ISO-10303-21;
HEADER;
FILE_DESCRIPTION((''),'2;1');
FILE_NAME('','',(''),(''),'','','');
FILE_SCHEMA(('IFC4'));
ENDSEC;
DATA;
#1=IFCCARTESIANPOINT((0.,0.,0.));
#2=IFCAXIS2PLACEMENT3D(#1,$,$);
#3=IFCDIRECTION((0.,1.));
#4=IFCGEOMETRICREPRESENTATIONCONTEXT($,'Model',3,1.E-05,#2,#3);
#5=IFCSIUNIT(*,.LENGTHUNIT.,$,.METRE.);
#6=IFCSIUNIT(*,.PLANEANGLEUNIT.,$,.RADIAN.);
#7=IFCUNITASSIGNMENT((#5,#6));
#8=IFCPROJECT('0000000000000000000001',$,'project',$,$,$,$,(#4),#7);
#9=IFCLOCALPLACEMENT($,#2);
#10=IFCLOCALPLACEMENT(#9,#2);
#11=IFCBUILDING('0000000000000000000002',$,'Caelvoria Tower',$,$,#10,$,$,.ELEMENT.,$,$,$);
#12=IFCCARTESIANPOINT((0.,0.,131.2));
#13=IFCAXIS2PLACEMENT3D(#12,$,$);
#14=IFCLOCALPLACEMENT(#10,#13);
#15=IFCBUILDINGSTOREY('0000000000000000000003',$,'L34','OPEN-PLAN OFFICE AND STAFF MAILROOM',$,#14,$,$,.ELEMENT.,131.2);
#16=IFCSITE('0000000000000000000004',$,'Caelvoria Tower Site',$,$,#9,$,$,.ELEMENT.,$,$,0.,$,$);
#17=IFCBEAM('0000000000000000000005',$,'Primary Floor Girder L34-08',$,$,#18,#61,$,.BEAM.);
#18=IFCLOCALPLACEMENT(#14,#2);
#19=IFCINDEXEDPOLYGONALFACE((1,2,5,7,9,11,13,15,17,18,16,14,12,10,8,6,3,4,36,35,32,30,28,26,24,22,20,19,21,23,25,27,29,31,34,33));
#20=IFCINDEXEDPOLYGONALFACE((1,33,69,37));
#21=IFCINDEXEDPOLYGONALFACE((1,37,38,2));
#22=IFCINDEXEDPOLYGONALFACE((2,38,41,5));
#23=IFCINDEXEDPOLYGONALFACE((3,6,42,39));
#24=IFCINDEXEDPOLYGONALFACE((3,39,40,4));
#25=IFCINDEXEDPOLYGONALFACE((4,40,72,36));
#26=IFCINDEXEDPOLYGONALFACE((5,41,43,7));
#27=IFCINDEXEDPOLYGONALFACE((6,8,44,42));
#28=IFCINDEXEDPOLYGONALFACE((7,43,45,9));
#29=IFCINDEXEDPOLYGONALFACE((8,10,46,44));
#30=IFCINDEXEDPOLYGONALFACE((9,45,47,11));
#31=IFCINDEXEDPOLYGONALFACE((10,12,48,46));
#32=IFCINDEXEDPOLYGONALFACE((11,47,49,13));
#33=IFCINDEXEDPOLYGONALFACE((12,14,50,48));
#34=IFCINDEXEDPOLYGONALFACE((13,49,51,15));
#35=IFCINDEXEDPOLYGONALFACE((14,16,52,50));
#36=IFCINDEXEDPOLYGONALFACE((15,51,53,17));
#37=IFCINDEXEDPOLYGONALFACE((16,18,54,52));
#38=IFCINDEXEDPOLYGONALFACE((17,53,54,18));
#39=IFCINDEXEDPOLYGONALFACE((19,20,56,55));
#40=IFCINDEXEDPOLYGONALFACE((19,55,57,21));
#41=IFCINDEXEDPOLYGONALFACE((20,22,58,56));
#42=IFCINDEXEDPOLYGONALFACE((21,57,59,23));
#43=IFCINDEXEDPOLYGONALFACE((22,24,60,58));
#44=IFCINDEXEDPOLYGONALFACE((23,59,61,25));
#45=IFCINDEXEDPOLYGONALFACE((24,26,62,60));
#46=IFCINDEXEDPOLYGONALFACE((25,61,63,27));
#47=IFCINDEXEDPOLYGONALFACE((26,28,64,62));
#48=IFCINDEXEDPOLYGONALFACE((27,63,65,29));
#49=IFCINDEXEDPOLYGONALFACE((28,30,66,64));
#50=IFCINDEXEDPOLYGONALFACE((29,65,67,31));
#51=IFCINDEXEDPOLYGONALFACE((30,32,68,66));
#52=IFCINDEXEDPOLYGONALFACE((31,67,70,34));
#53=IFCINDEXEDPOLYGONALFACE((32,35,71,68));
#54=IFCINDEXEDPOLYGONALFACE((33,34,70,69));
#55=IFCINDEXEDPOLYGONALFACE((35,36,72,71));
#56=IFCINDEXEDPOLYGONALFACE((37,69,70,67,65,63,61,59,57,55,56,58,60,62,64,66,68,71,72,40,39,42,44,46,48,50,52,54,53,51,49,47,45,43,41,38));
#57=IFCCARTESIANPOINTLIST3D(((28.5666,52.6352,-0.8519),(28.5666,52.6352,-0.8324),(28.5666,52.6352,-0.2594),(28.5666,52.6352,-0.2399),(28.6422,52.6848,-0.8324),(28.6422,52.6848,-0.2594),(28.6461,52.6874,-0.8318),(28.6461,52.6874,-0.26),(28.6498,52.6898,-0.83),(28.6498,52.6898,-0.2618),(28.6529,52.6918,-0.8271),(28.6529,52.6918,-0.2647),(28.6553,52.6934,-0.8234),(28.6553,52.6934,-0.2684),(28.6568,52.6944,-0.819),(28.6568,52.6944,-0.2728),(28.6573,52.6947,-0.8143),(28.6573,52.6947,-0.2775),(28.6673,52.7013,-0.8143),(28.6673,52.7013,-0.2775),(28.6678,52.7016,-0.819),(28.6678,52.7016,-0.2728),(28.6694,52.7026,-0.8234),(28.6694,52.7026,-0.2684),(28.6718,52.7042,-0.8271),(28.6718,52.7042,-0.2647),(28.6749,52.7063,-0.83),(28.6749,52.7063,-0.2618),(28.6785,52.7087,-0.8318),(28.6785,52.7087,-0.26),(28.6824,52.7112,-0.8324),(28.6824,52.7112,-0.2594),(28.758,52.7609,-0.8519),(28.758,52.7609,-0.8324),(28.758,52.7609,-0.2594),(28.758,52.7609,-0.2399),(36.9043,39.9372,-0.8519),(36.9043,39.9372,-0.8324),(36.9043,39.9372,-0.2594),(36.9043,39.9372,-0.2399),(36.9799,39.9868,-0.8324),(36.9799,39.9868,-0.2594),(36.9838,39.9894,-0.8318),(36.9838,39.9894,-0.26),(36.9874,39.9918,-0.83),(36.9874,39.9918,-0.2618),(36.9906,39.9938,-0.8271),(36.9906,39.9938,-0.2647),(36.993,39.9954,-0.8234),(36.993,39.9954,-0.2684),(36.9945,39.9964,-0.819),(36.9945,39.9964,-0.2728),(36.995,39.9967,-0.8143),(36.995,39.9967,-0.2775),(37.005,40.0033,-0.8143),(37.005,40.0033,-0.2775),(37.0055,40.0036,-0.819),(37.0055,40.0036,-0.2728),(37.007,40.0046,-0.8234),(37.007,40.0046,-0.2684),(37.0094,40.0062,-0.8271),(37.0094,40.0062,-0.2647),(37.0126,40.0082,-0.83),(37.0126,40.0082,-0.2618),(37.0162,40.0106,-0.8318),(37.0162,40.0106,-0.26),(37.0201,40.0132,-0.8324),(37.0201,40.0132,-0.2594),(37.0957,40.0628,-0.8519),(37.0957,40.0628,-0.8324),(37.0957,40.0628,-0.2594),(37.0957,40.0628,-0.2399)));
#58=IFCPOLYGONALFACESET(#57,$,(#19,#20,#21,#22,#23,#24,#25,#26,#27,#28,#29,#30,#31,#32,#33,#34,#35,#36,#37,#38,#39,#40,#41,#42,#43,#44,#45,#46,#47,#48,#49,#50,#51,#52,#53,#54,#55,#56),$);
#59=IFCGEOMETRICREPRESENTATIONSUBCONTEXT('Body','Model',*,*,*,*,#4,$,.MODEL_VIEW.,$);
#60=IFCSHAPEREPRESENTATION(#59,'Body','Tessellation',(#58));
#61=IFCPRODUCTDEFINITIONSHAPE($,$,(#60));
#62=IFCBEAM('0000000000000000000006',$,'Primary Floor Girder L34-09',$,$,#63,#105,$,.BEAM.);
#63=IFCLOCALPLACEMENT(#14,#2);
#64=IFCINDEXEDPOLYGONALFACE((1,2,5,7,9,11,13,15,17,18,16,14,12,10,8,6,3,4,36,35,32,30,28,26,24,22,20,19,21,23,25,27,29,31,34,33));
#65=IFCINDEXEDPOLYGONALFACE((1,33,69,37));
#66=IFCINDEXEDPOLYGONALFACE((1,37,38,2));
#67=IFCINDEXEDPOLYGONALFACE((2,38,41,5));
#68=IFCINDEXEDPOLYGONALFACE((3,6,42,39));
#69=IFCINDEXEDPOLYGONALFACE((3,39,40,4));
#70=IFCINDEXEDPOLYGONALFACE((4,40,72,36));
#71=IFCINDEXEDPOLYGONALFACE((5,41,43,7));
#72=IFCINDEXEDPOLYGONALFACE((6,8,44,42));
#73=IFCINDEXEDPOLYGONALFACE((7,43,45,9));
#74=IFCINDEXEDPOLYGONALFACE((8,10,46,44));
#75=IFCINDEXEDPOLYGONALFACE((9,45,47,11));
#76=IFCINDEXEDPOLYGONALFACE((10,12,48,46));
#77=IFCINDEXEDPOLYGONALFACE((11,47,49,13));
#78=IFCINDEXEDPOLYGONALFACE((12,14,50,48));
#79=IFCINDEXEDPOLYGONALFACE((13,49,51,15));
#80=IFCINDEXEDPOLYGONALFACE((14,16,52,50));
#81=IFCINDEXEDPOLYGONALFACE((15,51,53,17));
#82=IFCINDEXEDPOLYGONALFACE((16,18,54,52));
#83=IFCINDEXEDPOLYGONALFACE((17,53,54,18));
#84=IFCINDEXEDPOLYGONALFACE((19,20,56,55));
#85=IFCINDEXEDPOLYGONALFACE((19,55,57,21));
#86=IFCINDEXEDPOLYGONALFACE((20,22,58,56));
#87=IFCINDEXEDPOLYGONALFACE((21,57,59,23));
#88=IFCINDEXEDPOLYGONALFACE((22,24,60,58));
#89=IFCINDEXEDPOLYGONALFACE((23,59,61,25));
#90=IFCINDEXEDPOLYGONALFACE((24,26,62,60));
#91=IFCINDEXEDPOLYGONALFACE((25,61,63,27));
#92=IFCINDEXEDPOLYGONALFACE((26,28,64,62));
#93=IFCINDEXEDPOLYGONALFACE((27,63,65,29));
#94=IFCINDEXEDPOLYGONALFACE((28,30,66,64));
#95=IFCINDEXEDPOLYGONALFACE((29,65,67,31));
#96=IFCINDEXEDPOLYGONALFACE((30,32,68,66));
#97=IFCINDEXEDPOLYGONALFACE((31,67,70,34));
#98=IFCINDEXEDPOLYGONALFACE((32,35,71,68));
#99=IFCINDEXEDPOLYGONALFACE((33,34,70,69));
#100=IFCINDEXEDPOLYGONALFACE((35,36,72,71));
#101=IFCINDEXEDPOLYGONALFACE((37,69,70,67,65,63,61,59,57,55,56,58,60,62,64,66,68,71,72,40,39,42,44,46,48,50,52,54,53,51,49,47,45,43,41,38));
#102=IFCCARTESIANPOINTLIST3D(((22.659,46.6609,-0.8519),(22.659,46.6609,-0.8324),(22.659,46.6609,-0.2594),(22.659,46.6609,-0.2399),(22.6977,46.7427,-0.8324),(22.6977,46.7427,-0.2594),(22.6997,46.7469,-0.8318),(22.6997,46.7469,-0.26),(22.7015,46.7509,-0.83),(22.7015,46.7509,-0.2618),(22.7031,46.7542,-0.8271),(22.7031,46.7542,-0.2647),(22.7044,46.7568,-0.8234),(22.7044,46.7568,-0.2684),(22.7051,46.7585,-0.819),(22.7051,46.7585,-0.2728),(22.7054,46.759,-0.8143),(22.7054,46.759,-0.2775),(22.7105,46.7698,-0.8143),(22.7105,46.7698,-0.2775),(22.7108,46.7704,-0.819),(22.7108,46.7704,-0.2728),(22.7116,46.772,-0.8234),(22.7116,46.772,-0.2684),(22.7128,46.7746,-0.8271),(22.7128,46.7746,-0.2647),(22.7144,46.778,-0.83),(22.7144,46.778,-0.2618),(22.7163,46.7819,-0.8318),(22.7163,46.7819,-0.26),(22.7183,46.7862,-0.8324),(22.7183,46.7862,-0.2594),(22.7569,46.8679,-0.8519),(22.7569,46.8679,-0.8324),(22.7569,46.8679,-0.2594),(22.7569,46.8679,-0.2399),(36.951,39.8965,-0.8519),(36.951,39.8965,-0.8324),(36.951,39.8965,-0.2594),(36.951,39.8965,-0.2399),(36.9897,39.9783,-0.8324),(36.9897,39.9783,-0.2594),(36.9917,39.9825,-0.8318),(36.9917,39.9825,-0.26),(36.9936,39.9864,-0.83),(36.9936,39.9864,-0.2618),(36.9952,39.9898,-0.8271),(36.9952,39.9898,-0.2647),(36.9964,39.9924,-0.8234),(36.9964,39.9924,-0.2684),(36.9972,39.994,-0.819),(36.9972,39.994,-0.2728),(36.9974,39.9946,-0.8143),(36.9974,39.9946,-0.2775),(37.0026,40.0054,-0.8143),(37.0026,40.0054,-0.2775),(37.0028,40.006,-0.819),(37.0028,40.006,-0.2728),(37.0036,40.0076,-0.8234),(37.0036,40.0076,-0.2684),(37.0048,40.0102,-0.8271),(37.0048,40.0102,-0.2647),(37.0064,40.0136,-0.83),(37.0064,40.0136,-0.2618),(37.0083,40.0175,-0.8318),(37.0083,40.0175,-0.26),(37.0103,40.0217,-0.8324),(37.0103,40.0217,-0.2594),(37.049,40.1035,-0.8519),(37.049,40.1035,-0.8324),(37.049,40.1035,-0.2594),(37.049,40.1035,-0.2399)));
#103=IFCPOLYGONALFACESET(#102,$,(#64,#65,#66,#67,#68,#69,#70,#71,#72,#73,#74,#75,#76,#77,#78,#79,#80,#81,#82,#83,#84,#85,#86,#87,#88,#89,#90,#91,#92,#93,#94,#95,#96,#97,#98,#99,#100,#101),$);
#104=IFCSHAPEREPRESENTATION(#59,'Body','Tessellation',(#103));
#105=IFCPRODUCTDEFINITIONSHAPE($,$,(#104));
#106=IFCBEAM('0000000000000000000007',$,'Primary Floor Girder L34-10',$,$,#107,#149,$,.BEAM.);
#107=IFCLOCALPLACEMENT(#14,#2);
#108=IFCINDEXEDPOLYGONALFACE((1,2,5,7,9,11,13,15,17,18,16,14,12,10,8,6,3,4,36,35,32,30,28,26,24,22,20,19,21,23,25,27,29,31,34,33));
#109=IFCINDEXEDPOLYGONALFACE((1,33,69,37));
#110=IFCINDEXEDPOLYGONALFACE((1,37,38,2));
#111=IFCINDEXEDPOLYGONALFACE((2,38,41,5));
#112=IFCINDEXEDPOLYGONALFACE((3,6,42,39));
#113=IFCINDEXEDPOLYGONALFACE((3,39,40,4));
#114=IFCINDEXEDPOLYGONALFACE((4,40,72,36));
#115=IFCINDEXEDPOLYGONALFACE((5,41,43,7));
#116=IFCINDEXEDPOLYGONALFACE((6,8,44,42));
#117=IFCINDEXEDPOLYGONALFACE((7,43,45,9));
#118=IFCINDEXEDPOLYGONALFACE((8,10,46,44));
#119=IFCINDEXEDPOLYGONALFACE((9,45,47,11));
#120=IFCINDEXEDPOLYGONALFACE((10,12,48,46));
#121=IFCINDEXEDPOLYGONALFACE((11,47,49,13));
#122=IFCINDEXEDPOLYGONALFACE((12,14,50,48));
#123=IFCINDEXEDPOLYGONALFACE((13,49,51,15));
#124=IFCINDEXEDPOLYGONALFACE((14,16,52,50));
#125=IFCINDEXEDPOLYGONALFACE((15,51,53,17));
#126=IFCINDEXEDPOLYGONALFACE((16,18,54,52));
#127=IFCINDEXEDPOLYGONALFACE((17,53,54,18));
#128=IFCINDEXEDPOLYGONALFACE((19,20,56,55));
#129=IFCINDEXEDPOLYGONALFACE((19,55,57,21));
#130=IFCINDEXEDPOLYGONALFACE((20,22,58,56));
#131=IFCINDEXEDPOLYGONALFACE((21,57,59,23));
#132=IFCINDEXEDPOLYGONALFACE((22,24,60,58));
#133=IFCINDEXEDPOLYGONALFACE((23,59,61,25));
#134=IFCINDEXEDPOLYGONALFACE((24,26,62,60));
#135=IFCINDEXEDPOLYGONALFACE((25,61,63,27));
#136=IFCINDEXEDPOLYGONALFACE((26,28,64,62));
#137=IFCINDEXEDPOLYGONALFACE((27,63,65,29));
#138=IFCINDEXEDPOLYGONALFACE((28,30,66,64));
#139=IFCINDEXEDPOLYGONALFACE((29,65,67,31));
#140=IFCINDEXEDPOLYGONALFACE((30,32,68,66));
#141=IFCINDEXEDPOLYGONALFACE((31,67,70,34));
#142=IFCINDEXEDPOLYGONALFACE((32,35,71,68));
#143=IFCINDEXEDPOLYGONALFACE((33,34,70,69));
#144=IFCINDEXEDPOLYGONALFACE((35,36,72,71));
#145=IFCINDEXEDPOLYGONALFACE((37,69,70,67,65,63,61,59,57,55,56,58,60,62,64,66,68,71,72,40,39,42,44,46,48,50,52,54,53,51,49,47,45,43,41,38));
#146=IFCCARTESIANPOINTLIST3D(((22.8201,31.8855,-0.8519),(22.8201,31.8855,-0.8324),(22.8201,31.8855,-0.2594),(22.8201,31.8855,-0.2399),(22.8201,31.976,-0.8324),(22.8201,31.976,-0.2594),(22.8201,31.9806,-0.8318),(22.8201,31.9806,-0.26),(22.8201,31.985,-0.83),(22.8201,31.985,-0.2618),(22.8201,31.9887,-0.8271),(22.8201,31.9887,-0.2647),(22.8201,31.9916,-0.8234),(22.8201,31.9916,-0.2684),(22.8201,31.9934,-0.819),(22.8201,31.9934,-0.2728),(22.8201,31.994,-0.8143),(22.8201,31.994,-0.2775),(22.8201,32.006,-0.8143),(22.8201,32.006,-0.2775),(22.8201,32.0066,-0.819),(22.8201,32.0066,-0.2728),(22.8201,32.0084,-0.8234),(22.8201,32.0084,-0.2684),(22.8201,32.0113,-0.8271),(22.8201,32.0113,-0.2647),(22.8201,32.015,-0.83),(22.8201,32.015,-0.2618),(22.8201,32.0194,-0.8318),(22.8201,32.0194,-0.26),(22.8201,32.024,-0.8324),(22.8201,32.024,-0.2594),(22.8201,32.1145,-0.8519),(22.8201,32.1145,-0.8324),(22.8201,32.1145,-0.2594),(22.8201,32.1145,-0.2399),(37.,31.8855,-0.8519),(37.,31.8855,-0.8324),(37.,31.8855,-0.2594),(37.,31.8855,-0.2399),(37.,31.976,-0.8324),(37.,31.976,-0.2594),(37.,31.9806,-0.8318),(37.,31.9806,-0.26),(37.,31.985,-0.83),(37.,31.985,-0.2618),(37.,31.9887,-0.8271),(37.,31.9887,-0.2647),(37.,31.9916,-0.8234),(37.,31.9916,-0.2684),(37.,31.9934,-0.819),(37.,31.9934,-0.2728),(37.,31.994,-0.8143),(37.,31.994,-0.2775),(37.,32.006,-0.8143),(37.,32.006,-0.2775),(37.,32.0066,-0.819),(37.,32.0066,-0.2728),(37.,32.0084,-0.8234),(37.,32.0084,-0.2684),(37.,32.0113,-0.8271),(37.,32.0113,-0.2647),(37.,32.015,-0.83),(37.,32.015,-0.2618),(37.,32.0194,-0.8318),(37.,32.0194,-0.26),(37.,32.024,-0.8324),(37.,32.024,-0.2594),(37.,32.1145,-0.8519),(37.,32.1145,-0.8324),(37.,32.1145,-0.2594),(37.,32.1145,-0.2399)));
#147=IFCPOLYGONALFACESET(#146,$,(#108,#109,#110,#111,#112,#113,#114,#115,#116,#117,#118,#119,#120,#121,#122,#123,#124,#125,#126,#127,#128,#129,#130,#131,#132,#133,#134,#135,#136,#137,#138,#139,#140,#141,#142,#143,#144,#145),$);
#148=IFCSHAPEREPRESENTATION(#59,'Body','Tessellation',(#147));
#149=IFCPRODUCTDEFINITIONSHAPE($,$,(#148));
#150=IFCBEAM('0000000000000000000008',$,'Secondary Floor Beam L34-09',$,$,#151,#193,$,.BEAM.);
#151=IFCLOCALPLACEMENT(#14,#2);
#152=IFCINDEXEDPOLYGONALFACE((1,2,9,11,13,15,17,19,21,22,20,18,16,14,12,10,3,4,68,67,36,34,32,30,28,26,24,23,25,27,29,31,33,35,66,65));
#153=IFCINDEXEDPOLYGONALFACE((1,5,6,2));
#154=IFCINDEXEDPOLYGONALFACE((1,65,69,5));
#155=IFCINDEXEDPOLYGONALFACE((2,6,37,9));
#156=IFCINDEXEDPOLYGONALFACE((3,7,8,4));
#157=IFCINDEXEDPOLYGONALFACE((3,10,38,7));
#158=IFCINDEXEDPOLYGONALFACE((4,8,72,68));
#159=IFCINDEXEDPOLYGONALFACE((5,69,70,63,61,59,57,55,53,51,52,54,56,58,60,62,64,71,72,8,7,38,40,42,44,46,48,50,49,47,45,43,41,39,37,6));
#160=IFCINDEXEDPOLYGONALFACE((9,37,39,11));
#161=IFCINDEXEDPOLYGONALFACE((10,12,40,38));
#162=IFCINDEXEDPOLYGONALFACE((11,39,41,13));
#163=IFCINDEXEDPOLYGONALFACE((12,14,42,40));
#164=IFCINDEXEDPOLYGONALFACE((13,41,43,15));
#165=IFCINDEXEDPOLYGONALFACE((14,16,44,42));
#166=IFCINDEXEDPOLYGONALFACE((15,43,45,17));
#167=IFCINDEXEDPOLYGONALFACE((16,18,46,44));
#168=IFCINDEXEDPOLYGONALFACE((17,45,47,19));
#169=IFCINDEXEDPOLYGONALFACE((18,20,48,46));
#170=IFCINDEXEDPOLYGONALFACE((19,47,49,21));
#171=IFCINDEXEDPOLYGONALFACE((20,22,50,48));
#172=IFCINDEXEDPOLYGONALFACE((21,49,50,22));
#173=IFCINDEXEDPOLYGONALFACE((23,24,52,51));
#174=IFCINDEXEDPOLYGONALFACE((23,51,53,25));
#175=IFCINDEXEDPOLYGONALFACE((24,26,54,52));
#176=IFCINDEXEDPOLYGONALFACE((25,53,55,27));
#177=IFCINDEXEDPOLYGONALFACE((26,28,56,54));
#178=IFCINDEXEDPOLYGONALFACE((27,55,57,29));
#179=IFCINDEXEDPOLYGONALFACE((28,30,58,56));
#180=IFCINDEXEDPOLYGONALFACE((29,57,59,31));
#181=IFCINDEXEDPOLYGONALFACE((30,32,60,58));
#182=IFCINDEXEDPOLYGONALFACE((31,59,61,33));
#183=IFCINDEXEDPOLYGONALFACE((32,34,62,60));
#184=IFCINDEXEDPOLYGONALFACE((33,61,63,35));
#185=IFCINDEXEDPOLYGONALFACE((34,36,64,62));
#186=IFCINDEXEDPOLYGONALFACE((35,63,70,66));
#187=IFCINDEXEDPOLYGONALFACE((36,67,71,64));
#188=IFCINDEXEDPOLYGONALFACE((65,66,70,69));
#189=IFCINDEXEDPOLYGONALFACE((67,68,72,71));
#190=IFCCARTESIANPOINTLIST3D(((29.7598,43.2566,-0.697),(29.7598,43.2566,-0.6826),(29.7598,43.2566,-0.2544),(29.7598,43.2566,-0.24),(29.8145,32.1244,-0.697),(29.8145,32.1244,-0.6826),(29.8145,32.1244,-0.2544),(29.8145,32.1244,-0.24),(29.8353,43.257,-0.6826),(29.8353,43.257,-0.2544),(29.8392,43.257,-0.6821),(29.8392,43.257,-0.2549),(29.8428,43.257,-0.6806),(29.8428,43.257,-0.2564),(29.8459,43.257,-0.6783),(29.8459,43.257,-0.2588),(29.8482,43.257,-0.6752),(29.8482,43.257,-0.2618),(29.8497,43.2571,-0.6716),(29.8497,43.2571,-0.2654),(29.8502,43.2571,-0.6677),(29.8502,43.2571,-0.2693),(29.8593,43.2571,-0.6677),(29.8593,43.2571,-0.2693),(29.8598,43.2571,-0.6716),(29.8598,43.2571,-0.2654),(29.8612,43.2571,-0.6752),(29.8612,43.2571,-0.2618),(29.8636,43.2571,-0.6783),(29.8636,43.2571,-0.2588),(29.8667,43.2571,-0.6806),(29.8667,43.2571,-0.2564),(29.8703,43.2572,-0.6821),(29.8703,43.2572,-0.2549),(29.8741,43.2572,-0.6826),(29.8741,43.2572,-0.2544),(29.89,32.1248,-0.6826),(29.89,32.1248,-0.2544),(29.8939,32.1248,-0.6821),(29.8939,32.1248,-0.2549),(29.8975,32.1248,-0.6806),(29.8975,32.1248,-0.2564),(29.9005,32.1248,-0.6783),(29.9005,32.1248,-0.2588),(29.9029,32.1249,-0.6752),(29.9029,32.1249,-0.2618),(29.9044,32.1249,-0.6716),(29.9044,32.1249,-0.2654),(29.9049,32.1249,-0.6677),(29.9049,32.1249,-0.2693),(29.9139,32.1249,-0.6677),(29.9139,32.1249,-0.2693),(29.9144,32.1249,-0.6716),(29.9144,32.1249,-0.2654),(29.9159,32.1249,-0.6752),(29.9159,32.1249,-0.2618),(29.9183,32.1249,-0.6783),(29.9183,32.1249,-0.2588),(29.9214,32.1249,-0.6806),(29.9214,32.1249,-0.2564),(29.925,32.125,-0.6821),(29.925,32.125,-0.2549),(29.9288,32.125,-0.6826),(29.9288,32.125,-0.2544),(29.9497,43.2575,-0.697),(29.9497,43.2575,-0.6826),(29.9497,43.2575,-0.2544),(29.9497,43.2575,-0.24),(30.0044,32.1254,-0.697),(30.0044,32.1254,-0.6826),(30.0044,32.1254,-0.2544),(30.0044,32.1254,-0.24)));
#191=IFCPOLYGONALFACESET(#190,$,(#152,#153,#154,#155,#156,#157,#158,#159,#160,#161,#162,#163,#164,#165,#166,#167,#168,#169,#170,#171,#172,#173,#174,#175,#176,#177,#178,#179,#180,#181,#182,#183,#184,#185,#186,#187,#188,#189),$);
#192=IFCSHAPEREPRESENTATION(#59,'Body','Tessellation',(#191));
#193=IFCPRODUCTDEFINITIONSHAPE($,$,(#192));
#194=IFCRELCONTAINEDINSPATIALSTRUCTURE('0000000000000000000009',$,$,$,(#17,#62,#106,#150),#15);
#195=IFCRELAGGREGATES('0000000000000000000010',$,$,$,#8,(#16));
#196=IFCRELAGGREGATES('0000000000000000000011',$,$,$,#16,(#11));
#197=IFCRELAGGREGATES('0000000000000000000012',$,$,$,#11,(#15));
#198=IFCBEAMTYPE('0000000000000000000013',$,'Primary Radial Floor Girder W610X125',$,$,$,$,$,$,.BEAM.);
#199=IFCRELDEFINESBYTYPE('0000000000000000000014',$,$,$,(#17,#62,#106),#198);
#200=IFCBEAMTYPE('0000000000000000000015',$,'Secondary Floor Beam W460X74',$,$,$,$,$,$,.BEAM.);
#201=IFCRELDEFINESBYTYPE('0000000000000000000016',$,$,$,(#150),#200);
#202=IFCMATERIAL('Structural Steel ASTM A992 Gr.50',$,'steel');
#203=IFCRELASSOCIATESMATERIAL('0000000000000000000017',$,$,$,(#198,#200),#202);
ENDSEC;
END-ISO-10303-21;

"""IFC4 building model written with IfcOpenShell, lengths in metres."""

from ifc_helpers import new_model, si_unit, direction, frame, origin, origin_2d, place, context, subcontext, project, spatial, i_section, extrude, material, material_profile, profile_set, type_object, element, save


model = new_model("IFC4")

# Units and contexts
model_context = context("Model", 3, precision=1e-05, world=origin(), true_north=direction((0.0, 1.0)))
body_context = subcontext(model_context, "Body", "Model", "MODEL_VIEW")
ifc_project = project(units=[si_unit("LENGTHUNIT", "METRE"), si_unit("PLANEANGLEUNIT", "RADIAN")], contexts=[model_context])

# Site, building, storey
site_placement = place(None, origin())
site = spatial("IfcSite", under=ifc_project, at=site_placement, Name="Caelvoria Tower Site", CompositionType="ELEMENT", RefElevation=0.0)
building_placement = place(site_placement, origin())
building = spatial("IfcBuilding", under=site, at=building_placement, Name="Caelvoria Tower", CompositionType="ELEMENT")
storey_placement = place(building_placement, frame((0.0, 0.0, 131.2)))
storey = spatial("IfcBuildingStorey", under=building, at=storey_placement, Name="L34", Description="OPEN-PLAN OFFICE AND STAFF MAILROOM", CompositionType="ELEMENT", Elevation=131.2)

# Beams
ifc_material_1 = material(Name="Structural Steel ASTM A992 Gr.50", Category="steel")
ifc_material_profile_1 = material_profile(ifc_material_1, i_section(OverallWidth=0.229, OverallDepth=0.6121, WebThickness=0.012, FlangeThickness=0.0195, FilletRadius=0.0181, at=origin_2d()), Name="Structural Steel ASTM A992 Gr.50")
ifc_profile_set_1 = profile_set([ifc_material_profile_1], Name="W610X125 - Structural Steel ASTM A992 Gr.50")
beam_type_1 = type_object("IfcBeamType", Name="Primary Radial Floor Girder W610X125", PredefinedType="BEAM", material=ifc_profile_set_1)
beam_1_placement = place(storey_placement, frame((37.0, 40.0, -0.5459), z_axis=(-0.548867, 0.835909, 0.0), x_axis=(-0.835909, -0.548867, 0.0)))
element("IfcBeam", 1, at=beam_1_placement, inside=storey, type_object=beam_type_1, Name="Primary Floor Girder L34-08", PredefinedType="BEAM", context=body_context, shape_type="SweptSolid", body=[
    extrude(i_section(OverallWidth=0.229, OverallDepth=0.6121, WebThickness=0.012, FlangeThickness=0.0195, FilletRadius=0.0181, at=origin_2d()), origin(), (0.0, 0.0, 1.0), 15.1907),
])
beam_2_placement = place(storey_placement, frame((37.0, 40.0, -0.5459), z_axis=(-0.903872, 0.427803, 0.0), x_axis=(-0.427803, -0.903872, 0.0)))
element("IfcBeam", 2, at=beam_2_placement, inside=storey, type_object=beam_type_1, Name="Primary Floor Girder L34-09", PredefinedType="BEAM", context=body_context, shape_type="SweptSolid", body=[
    extrude(i_section(OverallWidth=0.229, OverallDepth=0.6121, WebThickness=0.012, FlangeThickness=0.0195, FilletRadius=0.0181, at=origin_2d()), origin(), (0.0, 0.0, 1.0), 15.812),
])
beam_3_placement = place(storey_placement, frame((37.0, 32.0, -0.5459), z_axis=(-1.0, 0.0, 0.0), x_axis=(0.0, -1.0, 0.0)))
element("IfcBeam", 3, at=beam_3_placement, inside=storey, type_object=beam_type_1, Name="Primary Floor Girder L34-10", PredefinedType="BEAM", context=body_context, shape_type="SweptSolid", body=[
    extrude(i_section(OverallWidth=0.229, OverallDepth=0.6121, WebThickness=0.012, FlangeThickness=0.0195, FilletRadius=0.0181, at=origin_2d()), origin(), (0.0, 0.0, 1.0), 14.1799),
])
ifc_material_profile_2 = material_profile(ifc_material_1, i_section(OverallWidth=0.1899, OverallDepth=0.457, WebThickness=0.009, FlangeThickness=0.0144, FilletRadius=0.0149, at=origin_2d()), Name="Structural Steel ASTM A992 Gr.50")
ifc_profile_set_2 = profile_set([ifc_material_profile_2], Name="W460X74 - Structural Steel ASTM A992 Gr.50")
beam_type_2 = type_object("IfcBeamType", Name="Secondary Floor Beam W460X74", PredefinedType="BEAM", material=ifc_profile_set_2)
beam_4_placement = place(storey_placement, frame((29.8547, 43.2571, -0.4685), z_axis=(0.004913, -0.999988, 0.0), x_axis=(0.999988, 0.004913, 0.0)))
element("IfcBeam", 4, at=beam_4_placement, inside=storey, type_object=beam_type_2, Name="Secondary Floor Beam L34-09", PredefinedType="BEAM", context=body_context, shape_type="SweptSolid", body=[
    extrude(i_section(OverallWidth=0.1899, OverallDepth=0.457, WebThickness=0.009, FlangeThickness=0.0144, FilletRadius=0.0149, at=origin_2d()), origin(), (0.0, 0.0, 1.0), 11.1323),
])

save(model, "model.ifc")
